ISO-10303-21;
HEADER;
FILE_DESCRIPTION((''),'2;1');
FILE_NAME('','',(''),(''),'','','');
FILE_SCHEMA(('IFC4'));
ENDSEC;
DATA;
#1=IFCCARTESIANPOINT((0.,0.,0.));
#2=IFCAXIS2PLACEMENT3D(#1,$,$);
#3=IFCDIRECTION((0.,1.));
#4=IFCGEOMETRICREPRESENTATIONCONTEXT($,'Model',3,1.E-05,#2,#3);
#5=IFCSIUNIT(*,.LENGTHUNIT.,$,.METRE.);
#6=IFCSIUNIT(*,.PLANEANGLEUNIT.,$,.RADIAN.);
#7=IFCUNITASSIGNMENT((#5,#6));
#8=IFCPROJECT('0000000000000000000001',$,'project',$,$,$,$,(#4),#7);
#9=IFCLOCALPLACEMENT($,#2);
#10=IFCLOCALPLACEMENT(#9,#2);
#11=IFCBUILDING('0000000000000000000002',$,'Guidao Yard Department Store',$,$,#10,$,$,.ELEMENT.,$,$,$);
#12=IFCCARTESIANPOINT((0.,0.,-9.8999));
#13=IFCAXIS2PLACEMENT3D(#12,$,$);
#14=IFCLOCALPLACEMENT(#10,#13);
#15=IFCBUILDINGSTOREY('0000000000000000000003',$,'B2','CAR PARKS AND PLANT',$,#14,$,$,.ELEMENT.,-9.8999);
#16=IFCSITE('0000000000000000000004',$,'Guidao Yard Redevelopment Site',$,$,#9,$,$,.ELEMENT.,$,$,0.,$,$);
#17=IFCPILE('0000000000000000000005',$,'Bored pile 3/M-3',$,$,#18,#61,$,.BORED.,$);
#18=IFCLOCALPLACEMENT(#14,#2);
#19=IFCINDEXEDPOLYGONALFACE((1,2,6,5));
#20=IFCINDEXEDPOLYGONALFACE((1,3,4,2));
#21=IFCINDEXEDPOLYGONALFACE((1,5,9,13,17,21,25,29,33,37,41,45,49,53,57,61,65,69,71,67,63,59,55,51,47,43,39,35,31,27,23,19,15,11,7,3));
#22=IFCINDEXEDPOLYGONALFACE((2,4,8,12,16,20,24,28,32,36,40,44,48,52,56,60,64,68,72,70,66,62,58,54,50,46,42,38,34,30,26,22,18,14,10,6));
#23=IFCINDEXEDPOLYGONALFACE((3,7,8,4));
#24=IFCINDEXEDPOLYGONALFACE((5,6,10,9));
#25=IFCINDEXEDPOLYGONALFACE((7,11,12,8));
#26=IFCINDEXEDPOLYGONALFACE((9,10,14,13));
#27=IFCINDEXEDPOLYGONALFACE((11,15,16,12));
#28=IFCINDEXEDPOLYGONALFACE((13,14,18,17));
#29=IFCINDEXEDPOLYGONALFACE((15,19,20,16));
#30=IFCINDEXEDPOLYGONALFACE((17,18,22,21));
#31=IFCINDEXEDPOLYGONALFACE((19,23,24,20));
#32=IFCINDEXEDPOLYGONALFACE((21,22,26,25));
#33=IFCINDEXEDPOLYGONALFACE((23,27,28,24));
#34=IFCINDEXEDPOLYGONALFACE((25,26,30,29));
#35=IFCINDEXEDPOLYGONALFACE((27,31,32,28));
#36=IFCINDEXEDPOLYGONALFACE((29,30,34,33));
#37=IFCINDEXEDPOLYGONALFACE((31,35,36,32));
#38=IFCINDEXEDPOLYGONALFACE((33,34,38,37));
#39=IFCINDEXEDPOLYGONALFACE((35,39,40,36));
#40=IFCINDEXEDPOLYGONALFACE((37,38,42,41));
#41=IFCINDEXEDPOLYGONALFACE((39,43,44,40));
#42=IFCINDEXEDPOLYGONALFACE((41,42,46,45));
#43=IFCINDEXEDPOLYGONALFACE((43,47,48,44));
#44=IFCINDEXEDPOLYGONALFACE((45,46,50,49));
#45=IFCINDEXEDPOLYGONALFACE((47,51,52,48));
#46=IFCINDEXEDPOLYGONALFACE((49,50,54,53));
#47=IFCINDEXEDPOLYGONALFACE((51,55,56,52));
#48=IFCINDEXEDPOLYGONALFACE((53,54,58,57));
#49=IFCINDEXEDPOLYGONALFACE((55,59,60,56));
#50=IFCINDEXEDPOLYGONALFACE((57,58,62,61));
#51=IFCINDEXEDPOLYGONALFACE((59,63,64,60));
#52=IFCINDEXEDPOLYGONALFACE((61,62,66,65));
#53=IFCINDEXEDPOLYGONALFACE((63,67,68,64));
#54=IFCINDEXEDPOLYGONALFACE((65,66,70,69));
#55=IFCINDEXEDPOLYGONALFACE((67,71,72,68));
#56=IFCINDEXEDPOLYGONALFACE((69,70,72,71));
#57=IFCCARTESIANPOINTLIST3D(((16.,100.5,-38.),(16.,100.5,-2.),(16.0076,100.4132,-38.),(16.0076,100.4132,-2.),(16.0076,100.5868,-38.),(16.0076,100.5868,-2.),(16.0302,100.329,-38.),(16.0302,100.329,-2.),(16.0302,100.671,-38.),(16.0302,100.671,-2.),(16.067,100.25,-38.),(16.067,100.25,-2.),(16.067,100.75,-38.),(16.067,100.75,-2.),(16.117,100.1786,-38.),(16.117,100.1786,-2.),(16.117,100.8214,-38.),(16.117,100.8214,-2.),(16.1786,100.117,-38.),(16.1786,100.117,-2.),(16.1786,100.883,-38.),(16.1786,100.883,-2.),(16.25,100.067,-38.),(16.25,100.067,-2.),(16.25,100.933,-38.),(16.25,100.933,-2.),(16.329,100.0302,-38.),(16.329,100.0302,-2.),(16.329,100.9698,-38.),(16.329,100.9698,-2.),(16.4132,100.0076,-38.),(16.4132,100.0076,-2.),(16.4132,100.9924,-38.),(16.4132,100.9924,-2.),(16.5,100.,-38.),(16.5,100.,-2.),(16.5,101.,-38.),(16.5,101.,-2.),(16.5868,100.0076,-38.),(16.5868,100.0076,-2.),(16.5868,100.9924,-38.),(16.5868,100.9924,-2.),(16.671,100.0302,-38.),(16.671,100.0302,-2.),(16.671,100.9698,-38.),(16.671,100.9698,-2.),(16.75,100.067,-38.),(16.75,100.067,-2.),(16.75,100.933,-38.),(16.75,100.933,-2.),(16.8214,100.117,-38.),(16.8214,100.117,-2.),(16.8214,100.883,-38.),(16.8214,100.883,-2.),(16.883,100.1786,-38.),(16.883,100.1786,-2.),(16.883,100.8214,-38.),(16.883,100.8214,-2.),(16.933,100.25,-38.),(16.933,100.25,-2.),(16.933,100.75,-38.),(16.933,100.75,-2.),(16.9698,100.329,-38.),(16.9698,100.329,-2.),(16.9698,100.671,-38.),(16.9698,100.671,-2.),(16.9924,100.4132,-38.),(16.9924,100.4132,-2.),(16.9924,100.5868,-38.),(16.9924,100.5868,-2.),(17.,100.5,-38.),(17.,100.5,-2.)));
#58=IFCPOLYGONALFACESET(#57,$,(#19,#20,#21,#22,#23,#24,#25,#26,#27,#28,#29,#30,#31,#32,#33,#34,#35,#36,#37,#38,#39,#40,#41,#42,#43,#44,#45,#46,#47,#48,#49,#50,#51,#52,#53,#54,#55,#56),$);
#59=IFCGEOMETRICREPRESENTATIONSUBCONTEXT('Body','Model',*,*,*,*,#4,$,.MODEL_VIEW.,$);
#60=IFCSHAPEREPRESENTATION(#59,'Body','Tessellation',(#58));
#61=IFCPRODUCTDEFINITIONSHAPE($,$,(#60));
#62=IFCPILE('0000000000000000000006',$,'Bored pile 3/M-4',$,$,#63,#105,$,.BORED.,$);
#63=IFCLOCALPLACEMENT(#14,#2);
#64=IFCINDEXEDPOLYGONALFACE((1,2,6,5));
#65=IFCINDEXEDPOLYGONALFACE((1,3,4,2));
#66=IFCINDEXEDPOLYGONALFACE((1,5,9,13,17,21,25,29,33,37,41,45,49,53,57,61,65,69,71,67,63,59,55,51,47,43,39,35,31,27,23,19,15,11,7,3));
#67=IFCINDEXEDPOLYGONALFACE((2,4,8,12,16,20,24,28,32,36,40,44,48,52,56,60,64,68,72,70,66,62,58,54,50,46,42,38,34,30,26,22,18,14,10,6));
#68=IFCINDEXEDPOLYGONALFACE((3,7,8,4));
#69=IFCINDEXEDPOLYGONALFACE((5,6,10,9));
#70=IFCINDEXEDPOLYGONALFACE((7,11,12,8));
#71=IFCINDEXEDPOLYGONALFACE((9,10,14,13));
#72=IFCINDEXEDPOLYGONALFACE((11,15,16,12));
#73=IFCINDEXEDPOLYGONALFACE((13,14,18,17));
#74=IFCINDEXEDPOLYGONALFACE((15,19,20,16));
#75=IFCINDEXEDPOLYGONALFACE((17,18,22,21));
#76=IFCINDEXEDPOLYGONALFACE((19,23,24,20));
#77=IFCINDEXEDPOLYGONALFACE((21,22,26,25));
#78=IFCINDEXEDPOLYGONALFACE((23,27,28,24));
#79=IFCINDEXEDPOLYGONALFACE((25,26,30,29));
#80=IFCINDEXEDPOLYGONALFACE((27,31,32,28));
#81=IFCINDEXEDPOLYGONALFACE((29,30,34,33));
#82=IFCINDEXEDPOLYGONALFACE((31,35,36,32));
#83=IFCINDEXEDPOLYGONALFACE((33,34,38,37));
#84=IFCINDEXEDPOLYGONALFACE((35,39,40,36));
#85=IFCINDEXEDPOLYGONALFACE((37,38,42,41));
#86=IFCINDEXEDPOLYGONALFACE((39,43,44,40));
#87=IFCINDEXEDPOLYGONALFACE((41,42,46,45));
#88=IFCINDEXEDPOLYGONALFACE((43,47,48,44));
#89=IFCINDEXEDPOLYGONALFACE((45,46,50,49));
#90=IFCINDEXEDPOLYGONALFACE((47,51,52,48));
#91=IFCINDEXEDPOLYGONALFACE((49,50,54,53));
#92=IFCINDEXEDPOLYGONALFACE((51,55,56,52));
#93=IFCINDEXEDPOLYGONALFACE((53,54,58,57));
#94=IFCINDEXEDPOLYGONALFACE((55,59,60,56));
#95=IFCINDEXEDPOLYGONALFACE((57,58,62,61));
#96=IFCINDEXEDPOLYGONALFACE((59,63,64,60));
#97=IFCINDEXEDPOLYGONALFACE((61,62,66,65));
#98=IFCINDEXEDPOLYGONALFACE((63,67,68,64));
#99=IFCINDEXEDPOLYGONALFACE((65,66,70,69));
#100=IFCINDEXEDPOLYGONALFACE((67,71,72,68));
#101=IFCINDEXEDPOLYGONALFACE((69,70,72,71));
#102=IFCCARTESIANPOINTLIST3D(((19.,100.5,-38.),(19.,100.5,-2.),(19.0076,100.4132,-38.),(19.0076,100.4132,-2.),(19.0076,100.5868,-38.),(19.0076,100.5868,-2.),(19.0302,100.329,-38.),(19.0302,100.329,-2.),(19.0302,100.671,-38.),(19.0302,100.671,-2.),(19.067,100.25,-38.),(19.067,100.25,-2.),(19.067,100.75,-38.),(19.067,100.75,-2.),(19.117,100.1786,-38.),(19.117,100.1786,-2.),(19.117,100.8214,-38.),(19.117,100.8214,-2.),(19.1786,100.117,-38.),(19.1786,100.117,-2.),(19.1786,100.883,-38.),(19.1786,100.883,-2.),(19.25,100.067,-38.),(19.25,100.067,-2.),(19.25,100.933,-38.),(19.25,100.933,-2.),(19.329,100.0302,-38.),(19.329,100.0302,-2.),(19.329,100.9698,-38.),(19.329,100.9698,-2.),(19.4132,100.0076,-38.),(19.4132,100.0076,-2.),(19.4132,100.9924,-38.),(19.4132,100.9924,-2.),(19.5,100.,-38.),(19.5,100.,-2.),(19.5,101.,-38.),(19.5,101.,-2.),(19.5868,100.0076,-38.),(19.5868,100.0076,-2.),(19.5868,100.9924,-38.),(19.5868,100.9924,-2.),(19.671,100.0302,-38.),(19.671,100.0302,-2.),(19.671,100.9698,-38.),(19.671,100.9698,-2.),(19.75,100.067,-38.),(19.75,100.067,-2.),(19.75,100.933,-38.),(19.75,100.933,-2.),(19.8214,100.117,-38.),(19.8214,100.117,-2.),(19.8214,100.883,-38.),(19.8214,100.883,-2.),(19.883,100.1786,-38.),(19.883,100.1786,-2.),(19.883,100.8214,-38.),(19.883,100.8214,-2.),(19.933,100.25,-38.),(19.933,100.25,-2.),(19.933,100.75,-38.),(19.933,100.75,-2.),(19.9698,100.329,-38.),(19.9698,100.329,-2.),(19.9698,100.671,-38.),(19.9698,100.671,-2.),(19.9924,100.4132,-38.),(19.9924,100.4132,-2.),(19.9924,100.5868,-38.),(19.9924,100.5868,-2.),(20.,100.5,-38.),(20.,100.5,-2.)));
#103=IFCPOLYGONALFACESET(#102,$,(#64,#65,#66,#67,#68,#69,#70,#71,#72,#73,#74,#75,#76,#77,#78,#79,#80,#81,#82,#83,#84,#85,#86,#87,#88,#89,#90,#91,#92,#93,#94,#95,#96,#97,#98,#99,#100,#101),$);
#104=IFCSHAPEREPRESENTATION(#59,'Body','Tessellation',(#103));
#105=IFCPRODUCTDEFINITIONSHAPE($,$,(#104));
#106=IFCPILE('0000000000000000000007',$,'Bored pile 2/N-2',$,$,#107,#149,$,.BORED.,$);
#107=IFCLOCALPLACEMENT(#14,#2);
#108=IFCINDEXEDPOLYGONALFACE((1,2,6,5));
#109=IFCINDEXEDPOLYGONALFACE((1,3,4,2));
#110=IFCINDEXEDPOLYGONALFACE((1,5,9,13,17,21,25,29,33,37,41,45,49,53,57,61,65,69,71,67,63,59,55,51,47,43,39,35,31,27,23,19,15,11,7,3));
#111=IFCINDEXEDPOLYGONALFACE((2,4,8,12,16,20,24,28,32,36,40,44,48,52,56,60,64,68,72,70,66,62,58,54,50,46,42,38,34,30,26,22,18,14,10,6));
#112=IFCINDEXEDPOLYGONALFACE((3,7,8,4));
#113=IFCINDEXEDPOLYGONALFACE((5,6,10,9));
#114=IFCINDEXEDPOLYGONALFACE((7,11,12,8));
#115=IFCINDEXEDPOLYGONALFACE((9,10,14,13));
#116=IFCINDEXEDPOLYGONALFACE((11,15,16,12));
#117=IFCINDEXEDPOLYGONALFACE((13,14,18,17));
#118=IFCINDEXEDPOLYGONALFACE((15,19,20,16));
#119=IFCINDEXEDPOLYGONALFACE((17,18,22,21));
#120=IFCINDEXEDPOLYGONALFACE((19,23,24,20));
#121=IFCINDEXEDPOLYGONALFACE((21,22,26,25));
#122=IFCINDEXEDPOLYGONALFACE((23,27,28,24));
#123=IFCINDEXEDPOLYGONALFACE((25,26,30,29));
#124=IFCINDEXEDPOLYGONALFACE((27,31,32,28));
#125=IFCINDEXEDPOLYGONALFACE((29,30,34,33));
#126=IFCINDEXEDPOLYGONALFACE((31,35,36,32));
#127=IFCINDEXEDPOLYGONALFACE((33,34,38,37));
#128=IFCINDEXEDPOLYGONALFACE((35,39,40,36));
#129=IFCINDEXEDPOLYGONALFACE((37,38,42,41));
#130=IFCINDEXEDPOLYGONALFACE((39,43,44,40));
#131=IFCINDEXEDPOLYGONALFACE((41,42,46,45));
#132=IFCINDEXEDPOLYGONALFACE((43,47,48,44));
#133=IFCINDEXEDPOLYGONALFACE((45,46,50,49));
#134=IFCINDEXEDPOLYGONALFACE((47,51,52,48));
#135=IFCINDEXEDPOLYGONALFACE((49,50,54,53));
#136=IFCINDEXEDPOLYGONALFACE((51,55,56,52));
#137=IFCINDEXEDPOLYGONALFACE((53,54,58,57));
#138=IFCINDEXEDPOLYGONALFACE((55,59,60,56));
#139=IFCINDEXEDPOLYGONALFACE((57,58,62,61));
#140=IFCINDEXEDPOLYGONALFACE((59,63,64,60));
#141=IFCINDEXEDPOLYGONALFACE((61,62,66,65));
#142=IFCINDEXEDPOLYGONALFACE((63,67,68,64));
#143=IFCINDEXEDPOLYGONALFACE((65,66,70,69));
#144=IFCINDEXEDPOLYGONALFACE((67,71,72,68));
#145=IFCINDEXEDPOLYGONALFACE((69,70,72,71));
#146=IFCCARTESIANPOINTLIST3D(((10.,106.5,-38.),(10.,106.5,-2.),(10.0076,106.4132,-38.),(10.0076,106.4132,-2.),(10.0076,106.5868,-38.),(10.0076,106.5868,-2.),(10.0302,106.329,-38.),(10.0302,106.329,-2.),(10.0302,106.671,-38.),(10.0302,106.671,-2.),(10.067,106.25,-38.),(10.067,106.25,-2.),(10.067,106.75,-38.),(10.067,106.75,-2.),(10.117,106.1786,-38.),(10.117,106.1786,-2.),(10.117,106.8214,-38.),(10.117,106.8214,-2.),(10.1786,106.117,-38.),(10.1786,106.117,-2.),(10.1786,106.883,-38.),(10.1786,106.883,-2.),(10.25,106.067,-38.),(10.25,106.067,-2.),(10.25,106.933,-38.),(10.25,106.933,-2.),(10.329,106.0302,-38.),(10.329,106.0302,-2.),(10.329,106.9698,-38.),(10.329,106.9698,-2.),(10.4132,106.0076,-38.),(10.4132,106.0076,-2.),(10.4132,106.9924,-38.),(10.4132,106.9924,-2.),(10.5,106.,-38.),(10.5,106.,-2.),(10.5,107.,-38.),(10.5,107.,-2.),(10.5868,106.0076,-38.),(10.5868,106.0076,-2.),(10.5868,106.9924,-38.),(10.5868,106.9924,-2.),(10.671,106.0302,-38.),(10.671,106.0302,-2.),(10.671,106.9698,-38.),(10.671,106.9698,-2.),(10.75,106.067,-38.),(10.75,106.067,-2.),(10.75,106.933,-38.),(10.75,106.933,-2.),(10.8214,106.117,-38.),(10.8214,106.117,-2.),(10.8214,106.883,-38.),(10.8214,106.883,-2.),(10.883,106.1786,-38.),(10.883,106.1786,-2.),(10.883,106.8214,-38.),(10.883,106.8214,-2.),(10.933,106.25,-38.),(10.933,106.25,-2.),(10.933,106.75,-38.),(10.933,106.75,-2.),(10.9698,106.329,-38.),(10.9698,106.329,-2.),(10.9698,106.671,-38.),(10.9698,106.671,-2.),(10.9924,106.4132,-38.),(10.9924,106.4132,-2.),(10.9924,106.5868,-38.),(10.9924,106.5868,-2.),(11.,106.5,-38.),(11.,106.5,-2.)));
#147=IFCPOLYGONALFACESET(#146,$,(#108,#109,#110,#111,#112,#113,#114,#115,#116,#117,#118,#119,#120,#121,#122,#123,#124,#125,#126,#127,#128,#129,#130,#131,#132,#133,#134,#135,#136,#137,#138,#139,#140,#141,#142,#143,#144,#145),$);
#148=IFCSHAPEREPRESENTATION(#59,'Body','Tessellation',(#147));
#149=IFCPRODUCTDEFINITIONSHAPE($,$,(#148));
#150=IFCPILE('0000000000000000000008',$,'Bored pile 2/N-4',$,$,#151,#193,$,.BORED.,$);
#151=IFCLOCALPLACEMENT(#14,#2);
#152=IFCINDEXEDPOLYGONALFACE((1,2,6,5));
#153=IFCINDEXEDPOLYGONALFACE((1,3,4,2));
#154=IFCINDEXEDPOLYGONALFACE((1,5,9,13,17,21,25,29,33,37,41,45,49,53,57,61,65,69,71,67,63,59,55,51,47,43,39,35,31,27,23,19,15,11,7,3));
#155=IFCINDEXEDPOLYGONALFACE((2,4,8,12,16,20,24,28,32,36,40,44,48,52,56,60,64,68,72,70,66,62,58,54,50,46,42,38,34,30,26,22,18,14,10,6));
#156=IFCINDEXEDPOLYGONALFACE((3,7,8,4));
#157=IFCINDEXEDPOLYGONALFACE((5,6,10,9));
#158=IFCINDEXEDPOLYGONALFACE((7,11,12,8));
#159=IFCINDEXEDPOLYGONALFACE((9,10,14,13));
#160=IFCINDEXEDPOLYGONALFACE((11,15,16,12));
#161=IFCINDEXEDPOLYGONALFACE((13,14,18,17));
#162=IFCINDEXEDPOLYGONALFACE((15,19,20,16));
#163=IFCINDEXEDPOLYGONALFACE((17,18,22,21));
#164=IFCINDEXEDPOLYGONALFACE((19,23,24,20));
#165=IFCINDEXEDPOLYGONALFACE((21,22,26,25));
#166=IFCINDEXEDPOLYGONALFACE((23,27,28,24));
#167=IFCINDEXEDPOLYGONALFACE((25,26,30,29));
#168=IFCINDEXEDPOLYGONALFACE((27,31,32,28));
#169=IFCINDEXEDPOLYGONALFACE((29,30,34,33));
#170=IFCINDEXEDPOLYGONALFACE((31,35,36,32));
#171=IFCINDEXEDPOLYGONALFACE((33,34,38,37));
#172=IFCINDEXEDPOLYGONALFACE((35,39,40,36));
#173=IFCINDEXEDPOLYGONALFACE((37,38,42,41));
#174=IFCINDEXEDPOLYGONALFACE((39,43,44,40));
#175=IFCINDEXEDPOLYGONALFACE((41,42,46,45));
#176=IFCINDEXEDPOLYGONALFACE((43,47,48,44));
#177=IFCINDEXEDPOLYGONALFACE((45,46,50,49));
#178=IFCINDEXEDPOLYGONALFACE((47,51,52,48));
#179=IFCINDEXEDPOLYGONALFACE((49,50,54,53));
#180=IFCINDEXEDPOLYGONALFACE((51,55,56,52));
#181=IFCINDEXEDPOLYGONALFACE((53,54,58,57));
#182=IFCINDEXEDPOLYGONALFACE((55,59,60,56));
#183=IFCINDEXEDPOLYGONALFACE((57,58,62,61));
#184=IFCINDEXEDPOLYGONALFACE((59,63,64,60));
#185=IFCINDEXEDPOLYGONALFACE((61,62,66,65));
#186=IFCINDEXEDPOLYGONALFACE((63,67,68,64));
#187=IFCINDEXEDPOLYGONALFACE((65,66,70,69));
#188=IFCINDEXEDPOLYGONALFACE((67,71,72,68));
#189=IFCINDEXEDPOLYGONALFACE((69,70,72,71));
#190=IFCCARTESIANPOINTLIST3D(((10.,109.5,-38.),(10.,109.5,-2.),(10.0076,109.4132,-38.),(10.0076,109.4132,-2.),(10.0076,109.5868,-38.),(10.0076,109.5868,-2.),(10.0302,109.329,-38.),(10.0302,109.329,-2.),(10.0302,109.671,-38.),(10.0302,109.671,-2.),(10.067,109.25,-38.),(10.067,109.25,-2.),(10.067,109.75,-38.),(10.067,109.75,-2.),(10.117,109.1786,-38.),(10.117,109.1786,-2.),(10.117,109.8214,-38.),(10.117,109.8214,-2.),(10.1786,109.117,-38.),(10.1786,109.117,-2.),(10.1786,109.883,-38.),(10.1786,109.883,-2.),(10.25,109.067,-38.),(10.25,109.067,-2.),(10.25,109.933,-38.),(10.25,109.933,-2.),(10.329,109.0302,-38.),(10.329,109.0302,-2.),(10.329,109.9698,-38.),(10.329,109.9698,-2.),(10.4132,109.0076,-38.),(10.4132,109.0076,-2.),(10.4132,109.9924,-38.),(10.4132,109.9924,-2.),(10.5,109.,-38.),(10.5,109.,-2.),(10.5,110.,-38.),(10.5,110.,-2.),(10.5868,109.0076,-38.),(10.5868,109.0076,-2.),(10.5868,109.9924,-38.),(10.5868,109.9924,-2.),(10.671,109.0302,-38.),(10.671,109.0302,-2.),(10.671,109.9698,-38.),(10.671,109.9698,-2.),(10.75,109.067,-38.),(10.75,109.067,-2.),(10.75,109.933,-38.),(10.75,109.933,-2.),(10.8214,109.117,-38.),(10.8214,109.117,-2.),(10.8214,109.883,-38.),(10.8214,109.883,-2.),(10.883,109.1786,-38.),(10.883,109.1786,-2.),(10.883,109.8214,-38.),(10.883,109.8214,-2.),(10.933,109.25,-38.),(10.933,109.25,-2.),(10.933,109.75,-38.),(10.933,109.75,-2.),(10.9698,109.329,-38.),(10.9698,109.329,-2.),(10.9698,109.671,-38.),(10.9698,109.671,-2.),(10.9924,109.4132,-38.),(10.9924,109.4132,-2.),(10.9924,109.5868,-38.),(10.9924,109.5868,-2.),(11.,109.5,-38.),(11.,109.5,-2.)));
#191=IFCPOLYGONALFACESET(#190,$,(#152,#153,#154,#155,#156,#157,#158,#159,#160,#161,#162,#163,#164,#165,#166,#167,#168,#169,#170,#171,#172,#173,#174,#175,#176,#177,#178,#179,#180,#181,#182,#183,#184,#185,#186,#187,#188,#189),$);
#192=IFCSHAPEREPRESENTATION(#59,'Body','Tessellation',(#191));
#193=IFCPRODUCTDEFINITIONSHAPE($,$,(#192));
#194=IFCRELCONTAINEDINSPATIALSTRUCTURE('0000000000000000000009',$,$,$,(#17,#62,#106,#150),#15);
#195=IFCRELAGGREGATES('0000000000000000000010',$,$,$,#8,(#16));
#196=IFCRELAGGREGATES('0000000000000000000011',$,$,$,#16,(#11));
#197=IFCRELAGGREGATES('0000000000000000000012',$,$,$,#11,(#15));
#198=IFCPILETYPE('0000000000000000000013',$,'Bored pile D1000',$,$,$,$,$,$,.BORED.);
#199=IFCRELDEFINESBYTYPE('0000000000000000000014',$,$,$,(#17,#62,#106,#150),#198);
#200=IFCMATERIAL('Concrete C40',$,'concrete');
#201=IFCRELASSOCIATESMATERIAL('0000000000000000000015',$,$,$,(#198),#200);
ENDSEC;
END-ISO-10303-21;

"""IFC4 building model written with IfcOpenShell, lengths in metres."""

from ifc_helpers import new_model, si_unit, direction, frame, origin, origin_2d, place, context, subcontext, project, spatial, circle, extrude, material, material_profile, profile_set, type_object, element, save


model = new_model("IFC4")

# Units and contexts
model_context = context("Model", 3, precision=1e-05, world=origin(), true_north=direction((0.0, 1.0)))
body_context = subcontext(model_context, "Body", "Model", "MODEL_VIEW")
ifc_project = project(units=[si_unit("LENGTHUNIT", "METRE"), si_unit("PLANEANGLEUNIT", "RADIAN")], contexts=[model_context])

# Site, building, storey
site_placement = place(None, origin())
site = spatial("IfcSite", under=ifc_project, at=site_placement, Name="Guidao Yard Redevelopment Site", CompositionType="ELEMENT", RefElevation=0.0)
building_placement = place(site_placement, origin())
building = spatial("IfcBuilding", under=site, at=building_placement, Name="Guidao Yard Department Store", CompositionType="ELEMENT")
storey_placement = place(building_placement, frame((0.0, 0.0, -9.8999)))
storey = spatial("IfcBuildingStorey", under=building, at=storey_placement, Name="B2", Description="CAR PARKS AND PLANT", CompositionType="ELEMENT", Elevation=-9.8999)

# Piles
ifc_material_1 = material(Name="Concrete C40", Category="concrete")
ifc_material_profile_1 = material_profile(ifc_material_1, circle(Radius=0.5, at=origin_2d()), Name="Bored pile D1000")
ifc_profile_set_1 = profile_set([ifc_material_profile_1], Name="Concrete C40")
pile_type = type_object("IfcPileType", Name="Bored pile D1000", PredefinedType="BORED", material=ifc_profile_set_1)
for number, where, z_axis, x_axis, name in (
    (1, (16.5, 100.5, -2.0), (0.0, 0.0, -1.0), (1.0, 0.0, 0.0), "Bored pile 3/M-3"),
    (2, (19.5, 100.5, -2.0), (0.0, 0.0, -1.0), (1.0, 0.0, 0.0), "Bored pile 3/M-4"),
    (3, (10.5, 106.5, -2.0), (0.0, 0.0, -1.0), (1.0, 0.0, 0.0), "Bored pile 2/N-2"),
    (4, (10.5, 109.5, -2.0), (0.0, 0.0, -1.0), (1.0, 0.0, 0.0), "Bored pile 2/N-4"),
):
    element("IfcPile", number, at=place(storey_placement, frame(where, z_axis=z_axis, x_axis=x_axis)), inside=storey, type_object=pile_type, Name=name, PredefinedType="BORED", context=body_context, shape_type="SweptSolid", body=[
        extrude(circle(Radius=0.5, at=origin_2d()), origin(), (0.0, 0.0, 1.0), 36.0),
    ])

save(model, "model.ifc")
